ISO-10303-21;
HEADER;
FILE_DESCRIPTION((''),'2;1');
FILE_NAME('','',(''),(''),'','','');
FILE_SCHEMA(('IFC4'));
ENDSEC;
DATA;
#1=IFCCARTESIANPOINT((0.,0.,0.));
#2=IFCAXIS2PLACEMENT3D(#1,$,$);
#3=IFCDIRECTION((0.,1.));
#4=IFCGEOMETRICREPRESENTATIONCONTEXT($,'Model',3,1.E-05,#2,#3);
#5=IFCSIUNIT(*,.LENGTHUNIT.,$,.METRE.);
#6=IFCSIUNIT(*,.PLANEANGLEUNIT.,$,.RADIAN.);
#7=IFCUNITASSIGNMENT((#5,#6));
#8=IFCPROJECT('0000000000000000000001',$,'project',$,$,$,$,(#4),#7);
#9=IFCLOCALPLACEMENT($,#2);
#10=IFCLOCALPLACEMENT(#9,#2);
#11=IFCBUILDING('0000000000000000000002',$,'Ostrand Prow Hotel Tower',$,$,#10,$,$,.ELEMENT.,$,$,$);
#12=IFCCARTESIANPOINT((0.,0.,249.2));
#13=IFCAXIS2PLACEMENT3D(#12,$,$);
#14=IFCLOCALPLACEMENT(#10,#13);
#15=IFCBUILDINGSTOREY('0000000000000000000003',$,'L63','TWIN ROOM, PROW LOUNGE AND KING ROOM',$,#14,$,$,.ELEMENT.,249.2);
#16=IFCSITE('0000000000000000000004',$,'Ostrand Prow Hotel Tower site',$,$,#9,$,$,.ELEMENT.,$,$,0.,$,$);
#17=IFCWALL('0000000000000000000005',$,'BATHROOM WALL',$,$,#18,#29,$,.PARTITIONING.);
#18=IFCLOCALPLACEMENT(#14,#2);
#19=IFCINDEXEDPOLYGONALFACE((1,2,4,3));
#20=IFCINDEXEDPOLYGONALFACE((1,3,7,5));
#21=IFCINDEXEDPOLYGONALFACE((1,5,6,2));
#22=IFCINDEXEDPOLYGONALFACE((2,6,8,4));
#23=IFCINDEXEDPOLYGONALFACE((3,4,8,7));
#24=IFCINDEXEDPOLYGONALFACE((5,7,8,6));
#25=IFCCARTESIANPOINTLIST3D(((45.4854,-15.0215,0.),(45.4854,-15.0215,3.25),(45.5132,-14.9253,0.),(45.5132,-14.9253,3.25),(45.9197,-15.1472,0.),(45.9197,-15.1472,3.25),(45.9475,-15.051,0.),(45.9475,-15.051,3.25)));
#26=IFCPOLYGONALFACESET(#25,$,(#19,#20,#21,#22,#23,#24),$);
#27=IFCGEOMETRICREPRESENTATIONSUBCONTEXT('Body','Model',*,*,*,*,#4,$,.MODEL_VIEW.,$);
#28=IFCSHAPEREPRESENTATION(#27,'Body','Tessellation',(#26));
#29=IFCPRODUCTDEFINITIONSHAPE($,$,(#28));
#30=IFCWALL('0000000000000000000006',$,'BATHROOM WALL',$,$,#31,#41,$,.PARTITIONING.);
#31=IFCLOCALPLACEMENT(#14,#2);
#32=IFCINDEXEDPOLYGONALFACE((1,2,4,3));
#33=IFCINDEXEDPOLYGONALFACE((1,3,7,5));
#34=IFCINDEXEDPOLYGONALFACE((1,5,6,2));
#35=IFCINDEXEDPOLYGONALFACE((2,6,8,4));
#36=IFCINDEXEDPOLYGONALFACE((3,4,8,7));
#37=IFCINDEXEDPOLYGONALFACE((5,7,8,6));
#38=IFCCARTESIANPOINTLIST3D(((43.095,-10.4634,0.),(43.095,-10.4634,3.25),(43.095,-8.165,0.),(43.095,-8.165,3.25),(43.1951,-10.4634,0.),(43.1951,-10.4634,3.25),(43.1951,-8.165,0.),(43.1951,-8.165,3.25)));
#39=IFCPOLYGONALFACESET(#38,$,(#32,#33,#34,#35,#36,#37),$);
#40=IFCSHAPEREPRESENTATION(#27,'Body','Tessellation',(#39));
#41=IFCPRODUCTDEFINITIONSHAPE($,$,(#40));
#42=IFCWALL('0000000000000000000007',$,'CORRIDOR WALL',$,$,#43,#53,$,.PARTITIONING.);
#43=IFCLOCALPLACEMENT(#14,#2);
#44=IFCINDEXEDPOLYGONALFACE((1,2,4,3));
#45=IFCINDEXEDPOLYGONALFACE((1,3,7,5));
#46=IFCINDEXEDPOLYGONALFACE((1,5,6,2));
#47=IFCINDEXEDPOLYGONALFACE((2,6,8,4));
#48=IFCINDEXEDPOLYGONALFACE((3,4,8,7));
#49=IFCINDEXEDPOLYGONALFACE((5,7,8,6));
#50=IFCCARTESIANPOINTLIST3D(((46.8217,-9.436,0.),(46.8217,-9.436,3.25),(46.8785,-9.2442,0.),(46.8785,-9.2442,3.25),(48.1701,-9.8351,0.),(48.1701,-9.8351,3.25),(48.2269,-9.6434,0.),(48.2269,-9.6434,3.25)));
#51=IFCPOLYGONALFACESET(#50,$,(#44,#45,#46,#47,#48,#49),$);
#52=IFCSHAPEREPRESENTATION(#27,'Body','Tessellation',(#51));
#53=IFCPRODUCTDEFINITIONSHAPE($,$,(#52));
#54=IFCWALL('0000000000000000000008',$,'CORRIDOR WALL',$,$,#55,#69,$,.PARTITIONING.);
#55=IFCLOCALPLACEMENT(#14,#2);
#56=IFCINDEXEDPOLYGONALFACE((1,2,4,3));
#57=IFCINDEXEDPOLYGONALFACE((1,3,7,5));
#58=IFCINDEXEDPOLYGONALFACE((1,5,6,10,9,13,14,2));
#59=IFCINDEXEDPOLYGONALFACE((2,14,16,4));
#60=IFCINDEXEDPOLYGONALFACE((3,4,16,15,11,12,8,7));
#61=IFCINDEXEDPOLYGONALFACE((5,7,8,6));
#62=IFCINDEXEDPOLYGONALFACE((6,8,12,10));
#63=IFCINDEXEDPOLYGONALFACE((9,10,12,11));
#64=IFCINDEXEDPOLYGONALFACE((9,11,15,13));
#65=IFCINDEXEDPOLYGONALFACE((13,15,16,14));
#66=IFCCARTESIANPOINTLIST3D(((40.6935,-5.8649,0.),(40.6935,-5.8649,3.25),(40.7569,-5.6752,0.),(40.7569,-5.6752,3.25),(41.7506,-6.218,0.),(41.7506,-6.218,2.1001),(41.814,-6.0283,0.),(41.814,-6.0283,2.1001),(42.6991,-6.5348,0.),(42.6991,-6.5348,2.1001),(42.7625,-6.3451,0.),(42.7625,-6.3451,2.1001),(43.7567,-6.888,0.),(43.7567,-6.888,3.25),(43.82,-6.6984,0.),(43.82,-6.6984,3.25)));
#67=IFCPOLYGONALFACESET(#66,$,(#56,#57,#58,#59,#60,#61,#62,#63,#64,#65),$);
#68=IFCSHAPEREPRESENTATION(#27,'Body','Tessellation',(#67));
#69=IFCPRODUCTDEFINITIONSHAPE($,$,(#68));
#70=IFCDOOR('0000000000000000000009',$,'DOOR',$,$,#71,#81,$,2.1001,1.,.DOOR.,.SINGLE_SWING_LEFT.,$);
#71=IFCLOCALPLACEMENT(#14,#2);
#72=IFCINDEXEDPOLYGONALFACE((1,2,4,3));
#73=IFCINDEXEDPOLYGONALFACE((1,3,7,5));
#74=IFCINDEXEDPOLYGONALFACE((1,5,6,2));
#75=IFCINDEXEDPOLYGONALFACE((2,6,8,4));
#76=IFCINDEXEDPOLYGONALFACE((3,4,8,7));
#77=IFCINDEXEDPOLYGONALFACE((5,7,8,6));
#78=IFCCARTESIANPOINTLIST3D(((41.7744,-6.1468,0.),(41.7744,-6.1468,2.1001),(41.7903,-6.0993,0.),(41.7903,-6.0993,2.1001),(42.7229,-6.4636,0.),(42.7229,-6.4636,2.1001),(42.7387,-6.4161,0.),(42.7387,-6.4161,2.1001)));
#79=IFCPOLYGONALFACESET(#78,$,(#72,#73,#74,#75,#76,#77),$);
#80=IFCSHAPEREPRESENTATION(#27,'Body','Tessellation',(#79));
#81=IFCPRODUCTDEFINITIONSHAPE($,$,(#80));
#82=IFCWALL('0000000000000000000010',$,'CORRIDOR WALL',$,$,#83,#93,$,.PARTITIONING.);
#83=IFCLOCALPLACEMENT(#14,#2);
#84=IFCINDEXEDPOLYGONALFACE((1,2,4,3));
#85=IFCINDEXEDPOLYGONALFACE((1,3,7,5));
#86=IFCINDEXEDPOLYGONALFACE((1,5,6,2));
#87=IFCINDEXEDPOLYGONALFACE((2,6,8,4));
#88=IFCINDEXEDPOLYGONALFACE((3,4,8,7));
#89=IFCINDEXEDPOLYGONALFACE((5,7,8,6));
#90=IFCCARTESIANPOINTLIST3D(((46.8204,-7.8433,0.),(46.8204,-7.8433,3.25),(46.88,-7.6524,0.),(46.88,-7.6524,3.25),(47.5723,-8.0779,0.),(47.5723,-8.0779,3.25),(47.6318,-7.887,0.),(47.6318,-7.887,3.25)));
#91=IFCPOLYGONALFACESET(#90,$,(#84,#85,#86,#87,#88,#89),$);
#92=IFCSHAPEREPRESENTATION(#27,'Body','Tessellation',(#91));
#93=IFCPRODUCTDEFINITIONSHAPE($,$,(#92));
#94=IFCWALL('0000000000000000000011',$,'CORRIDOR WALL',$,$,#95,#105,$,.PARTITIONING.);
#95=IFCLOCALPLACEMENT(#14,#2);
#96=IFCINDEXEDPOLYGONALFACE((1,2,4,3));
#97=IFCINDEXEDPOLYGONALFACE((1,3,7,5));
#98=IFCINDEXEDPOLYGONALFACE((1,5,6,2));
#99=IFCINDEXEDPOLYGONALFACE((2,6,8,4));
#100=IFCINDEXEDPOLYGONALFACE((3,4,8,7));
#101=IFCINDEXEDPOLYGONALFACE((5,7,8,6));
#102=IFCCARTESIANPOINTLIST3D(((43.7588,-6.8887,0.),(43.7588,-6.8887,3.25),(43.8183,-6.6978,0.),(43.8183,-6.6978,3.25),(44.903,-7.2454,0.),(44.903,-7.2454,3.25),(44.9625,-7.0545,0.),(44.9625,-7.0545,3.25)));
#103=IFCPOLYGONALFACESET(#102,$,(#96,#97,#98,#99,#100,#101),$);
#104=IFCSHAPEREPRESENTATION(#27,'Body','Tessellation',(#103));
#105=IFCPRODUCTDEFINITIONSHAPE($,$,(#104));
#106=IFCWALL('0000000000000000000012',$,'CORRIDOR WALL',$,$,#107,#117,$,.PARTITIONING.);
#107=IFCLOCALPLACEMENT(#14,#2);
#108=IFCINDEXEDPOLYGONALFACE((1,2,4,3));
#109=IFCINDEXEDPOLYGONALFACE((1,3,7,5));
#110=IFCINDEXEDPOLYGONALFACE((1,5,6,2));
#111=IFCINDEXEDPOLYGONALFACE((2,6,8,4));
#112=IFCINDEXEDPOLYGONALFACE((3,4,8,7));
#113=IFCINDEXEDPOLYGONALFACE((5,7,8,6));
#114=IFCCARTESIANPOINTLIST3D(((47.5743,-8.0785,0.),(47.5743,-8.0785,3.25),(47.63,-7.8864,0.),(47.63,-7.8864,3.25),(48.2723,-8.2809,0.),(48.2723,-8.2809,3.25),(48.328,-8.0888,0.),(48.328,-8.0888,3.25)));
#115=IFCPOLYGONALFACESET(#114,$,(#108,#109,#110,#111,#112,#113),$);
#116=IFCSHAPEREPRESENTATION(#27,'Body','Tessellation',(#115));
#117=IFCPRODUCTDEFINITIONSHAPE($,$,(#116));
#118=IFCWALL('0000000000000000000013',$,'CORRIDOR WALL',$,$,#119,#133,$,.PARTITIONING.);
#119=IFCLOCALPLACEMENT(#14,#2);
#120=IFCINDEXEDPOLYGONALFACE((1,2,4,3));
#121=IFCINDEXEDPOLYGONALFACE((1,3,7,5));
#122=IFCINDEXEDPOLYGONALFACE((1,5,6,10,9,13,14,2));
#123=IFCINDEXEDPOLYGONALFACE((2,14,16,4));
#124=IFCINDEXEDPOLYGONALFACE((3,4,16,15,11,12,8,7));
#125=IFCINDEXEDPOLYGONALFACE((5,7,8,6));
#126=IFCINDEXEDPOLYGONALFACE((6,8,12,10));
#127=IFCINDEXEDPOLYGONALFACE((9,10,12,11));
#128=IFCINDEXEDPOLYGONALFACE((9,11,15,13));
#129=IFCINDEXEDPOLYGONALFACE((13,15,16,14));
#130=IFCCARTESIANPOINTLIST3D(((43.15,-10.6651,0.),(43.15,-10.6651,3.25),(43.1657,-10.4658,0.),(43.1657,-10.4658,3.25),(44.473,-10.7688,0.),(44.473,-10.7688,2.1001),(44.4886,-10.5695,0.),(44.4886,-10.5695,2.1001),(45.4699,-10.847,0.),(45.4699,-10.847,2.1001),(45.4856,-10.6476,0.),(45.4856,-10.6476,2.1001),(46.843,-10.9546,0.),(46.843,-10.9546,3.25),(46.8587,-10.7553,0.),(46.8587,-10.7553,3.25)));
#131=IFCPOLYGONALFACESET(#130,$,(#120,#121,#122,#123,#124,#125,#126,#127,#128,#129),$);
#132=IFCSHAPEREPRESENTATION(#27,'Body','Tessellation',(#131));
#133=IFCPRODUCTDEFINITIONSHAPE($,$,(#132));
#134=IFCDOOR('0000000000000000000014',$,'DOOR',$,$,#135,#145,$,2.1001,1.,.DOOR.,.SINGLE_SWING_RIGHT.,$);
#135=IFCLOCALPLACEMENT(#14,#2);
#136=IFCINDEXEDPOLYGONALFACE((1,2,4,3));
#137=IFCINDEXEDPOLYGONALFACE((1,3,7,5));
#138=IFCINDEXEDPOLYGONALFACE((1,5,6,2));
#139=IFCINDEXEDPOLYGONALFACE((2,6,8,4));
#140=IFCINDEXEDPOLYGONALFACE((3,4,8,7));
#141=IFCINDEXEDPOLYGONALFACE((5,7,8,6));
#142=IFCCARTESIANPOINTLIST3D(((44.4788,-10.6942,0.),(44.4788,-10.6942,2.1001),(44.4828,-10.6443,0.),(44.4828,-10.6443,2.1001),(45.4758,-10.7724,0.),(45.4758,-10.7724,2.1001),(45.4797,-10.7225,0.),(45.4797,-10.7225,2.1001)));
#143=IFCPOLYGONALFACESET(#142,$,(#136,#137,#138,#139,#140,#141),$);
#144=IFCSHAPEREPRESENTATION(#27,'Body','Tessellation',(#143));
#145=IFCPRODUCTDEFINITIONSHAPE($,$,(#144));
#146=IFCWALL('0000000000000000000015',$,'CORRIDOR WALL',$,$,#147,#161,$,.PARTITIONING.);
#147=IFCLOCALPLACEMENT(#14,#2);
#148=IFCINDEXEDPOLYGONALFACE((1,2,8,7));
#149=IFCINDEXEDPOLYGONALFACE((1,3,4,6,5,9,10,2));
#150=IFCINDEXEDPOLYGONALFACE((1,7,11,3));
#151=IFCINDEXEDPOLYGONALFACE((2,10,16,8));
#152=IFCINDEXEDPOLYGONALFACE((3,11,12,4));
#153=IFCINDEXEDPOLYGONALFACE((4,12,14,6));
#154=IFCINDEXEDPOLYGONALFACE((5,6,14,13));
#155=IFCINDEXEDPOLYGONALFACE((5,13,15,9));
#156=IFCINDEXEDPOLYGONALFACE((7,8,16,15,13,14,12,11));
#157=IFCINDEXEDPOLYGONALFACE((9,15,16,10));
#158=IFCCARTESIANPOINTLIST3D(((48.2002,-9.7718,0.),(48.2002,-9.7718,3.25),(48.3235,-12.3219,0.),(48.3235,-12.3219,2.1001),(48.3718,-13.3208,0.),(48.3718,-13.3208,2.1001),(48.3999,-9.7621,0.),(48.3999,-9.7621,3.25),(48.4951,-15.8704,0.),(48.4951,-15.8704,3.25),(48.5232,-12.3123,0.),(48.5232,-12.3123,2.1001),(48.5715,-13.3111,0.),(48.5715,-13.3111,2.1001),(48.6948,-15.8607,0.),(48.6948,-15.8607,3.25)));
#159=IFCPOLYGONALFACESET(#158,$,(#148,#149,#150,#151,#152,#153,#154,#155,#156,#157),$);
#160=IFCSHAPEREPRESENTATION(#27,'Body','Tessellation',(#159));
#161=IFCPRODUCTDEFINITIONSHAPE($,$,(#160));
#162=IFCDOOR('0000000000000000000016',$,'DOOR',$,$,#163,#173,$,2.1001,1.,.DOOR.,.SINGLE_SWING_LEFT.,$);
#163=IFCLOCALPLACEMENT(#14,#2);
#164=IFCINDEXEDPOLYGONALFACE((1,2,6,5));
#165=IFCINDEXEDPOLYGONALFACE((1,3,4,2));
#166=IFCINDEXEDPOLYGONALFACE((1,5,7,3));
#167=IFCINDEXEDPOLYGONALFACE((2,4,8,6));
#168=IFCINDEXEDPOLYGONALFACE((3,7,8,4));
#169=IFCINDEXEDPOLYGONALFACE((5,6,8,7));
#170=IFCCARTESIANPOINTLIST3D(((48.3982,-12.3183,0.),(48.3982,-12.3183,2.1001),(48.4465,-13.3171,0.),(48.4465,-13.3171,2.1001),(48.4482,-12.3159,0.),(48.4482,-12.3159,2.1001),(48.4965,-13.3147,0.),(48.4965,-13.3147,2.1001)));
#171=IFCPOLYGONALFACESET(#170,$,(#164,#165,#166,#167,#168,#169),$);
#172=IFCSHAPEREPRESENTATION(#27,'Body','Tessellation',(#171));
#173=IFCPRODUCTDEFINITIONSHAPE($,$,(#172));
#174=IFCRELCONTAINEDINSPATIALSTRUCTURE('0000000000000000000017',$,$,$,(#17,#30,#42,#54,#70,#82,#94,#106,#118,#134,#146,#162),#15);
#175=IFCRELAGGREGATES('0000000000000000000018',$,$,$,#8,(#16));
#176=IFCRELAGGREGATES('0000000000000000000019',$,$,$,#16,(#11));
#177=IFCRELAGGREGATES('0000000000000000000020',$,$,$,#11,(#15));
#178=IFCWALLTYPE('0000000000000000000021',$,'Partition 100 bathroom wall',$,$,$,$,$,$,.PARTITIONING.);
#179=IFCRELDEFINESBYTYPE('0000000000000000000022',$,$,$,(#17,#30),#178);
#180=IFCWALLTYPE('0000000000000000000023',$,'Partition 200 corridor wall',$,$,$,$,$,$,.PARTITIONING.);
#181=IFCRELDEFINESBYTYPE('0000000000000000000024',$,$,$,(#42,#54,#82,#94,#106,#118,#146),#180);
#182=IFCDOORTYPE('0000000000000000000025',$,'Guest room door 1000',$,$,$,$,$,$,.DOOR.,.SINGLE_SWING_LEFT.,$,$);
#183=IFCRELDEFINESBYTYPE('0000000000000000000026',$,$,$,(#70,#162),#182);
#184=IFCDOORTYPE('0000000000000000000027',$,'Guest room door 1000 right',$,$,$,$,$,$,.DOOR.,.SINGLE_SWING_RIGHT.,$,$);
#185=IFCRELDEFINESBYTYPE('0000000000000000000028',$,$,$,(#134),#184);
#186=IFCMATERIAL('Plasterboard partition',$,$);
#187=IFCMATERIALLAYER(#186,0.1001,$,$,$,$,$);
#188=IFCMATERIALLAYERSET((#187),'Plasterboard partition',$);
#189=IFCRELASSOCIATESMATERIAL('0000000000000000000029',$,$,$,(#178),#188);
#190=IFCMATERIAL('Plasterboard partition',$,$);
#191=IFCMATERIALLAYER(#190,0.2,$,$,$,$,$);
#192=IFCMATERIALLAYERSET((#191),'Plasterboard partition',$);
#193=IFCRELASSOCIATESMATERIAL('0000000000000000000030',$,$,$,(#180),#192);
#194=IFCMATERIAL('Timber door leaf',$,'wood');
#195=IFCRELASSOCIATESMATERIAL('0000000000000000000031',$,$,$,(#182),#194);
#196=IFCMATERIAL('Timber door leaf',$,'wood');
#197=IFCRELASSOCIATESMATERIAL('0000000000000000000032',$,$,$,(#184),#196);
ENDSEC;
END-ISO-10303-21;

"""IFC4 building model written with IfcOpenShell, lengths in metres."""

from ifc_helpers import new_model, si_unit, direction, frame, frame_2d, origin, place, context, subcontext, project, spatial, rectangle, extrude, material, layer, layer_set, type_object, element, fill, save


model = new_model("IFC4")

# Units and contexts
model_context = context("Model", 3, precision=1e-05, world=origin(), true_north=direction((0.0, 1.0)))
body_context = subcontext(model_context, "Body", "Model", "MODEL_VIEW")
ifc_project = project(units=[si_unit("LENGTHUNIT", "METRE"), si_unit("PLANEANGLEUNIT", "RADIAN")], contexts=[model_context])

# Site, building, storey
site_placement = place(None, origin())
site = spatial("IfcSite", under=ifc_project, at=site_placement, Name="Ostrand Prow Hotel Tower site", CompositionType="ELEMENT", RefElevation=0.0)
building_placement = place(site_placement, origin())
building = spatial("IfcBuilding", under=site, at=building_placement, Name="Ostrand Prow Hotel Tower", CompositionType="ELEMENT")
storey_placement = place(building_placement, frame((0.0, 0.0, 249.2)))
storey = spatial("IfcBuildingStorey", under=building, at=storey_placement, Name="L63", Description="TWIN ROOM, PROW LOUNGE AND KING ROOM", CompositionType="ELEMENT", Elevation=249.2)

# Walls
ifc_material_1 = material(Name="Plasterboard partition")
ifc_layer_1 = layer(ifc_material_1, 0.1001)
ifc_layer_set_1 = layer_set([ifc_layer_1], Name="Plasterboard partition")
wall_type_1 = type_object("IfcWallType", Name="Partition 100 bathroom wall", PredefinedType="PARTITIONING", material=ifc_layer_set_1)
wall_1_placement = place(storey_placement, frame((45.4993, -14.9734, 0.0), z_axis=(0.0, 0.0, 1.0), x_axis=(0.96056, -0.278071, 0.0)))
element("IfcWall", 1, at=wall_1_placement, inside=storey, type_object=wall_type_1, Name="BATHROOM WALL", PredefinedType="PARTITIONING", context=body_context, shape_type="SweptSolid", body=[
    extrude(rectangle(XDim=0.4521, YDim=0.1001, at=frame_2d((0.2261, 0.0))), origin(), (0.0, 0.0, 1.0), 3.25),
])
wall_2_placement = place(storey_placement, frame((43.145, -8.165, 0.0), z_axis=(0.0, 0.0, 1.0), x_axis=(0.0, -1.0, 0.0)))
element("IfcWall", 2, at=wall_2_placement, inside=storey, type_object=wall_type_1, Name="BATHROOM WALL", PredefinedType="PARTITIONING", context=body_context, shape_type="SweptSolid", body=[
    extrude(rectangle(XDim=2.2983, YDim=0.1001, at=frame_2d((1.1492, 0.0))), origin(), (0.0, 0.0, 1.0), 3.25),
])
ifc_material_2 = material(Name="Plasterboard partition")
ifc_layer_2 = layer(ifc_material_2, 0.2)
ifc_layer_set_2 = layer_set([ifc_layer_2], Name="Plasterboard partition")
wall_type_2 = type_object("IfcWallType", Name="Partition 200 corridor wall", PredefinedType="PARTITIONING", material=ifc_layer_set_2)
wall_3_placement = place(storey_placement, frame((46.8501, -9.3401, 0.0), z_axis=(0.0, 0.0, 1.0), x_axis=(0.958866, -0.283858, 0.0)))
element("IfcWall", 3, at=wall_3_placement, inside=storey, type_object=wall_type_2, Name="CORRIDOR WALL", PredefinedType="PARTITIONING", context=body_context, shape_type="SweptSolid", body=[
    extrude(rectangle(XDim=1.4062, YDim=0.2, at=frame_2d((0.7031, 0.0))), origin(), (0.0, 0.0, 1.0), 3.25),
])

# Wall, opening, door
wall_4_placement = place(storey_placement, frame((43.7883, -6.7932, 0.0), z_axis=(0.0, 0.0, 1.0), x_axis=(-0.948487, 0.316817, 0.0)))
wall_4 = element("IfcWall", 4, at=wall_4_placement, inside=storey, type_object=wall_type_2, Name="CORRIDOR WALL", PredefinedType="PARTITIONING", context=body_context, shape_type="SweptSolid", body=[
    extrude(rectangle(XDim=3.2295, YDim=0.2, at=frame_2d((1.6147, 0.0))), origin(), (0.0, 0.0, 1.0), 3.25),
])
opening_1_placement = place(wall_4_placement, frame((1.115, 0.0, 0.0)))
opening_1 = element("IfcOpeningElement", 5, at=opening_1_placement, cuts=wall_4, PredefinedType="OPENING", context=body_context, shape_type="SweptSolid", body=[
    extrude(rectangle(XDim=1.0, YDim=2.1001, at=frame_2d((0.5, 1.05))), frame((0.0, 0.1099, 0.0), z_axis=(0.0, -1.0, 0.0), x_axis=(1.0, 0.0, 0.0)), (0.0, 0.0, 1.0), 0.22),
])
ifc_material_3 = material(Name="Timber door leaf", Category="wood")
door_type_1 = type_object("IfcDoorType", Name="Guest room door 1000", OperationType="SINGLE_SWING_LEFT", PredefinedType="DOOR", material=ifc_material_3)
door_1_placement = place(opening_1_placement, origin())
door_1 = element("IfcDoor", 6, at=door_1_placement, inside=storey, type_object=door_type_1, Name="DOOR", OperationType="SINGLE_SWING_LEFT", OverallHeight=2.1001, OverallWidth=1.0, PredefinedType="DOOR", context=body_context, shape_type="SweptSolid", body=[
    extrude(rectangle(XDim=1.0, YDim=2.1001, at=frame_2d((0.5, 1.05))), frame((0.0, 0.0249, 0.0), z_axis=(0.0, -1.0, 0.0), x_axis=(1.0, 0.0, 0.0)), (0.0, 0.0, 1.0), 0.05),
])
fill(opening_1, door_1)

# Walls
wall_5_placement = place(storey_placement, frame((47.6021, -7.9824, 0.0), z_axis=(0.0, 0.0, 1.0), x_axis=(-0.954612, 0.297851, 0.0)))
element("IfcWall", 7, at=wall_5_placement, inside=storey, type_object=wall_type_2, Name="CORRIDOR WALL", PredefinedType="PARTITIONING", context=body_context, shape_type="SweptSolid", body=[
    extrude(rectangle(XDim=0.7876, YDim=0.2, at=frame_2d((0.3938, 0.0))), origin(), (0.0, 0.0, 1.0), 3.25),
])
wall_6_placement = place(storey_placement, frame((44.9326, -7.1499, 0.0), z_axis=(0.0, 0.0, 1.0), x_axis=(-0.954694, 0.297591, 0.0)))
element("IfcWall", 8, at=wall_6_placement, inside=storey, type_object=wall_type_2, Name="CORRIDOR WALL", PredefinedType="PARTITIONING", context=body_context, shape_type="SweptSolid", body=[
    extrude(rectangle(XDim=1.1985, YDim=0.2, at=frame_2d((0.5991, 0.0))), origin(), (0.0, 0.0, 1.0), 3.25),
])
wall_7_placement = place(storey_placement, frame((48.3, -8.1848, 0.0), z_axis=(0.0, 0.0, 1.0), x_axis=(-0.960439, 0.27849, 0.0)))
element("IfcWall", 9, at=wall_7_placement, inside=storey, type_object=wall_type_2, Name="CORRIDOR WALL", PredefinedType="PARTITIONING", context=body_context, shape_type="SweptSolid", body=[
    extrude(rectangle(XDim=0.7268, YDim=0.2, at=frame_2d((0.3633, 0.0))), origin(), (0.0, 0.0, 1.0), 3.25),
])

# Walls, openings, doors
wall_8_placement = place(storey_placement, frame((43.158, -10.5654, 0.0), z_axis=(0.0, 0.0, 1.0), x_axis=(0.996941, -0.078163, 0.0)))
wall_8 = element("IfcWall", 10, at=wall_8_placement, inside=storey, type_object=wall_type_2, Name="CORRIDOR WALL", PredefinedType="PARTITIONING", context=body_context, shape_type="SweptSolid", body=[
    extrude(rectangle(XDim=3.7043, YDim=0.2, at=frame_2d((1.8521, 0.0))), origin(), (0.0, 0.0, 1.0), 3.25),
])
opening_2_placement = place(wall_8_placement, frame((1.3269, 0.0, 0.0)))
opening_2 = element("IfcOpeningElement", 11, at=opening_2_placement, cuts=wall_8, PredefinedType="OPENING", context=body_context, shape_type="SweptSolid", body=[
    extrude(rectangle(XDim=1.0, YDim=2.1001, at=frame_2d((0.5, 1.05))), frame((0.0, 0.1099, 0.0), z_axis=(0.0, -1.0, 0.0), x_axis=(1.0, 0.0, 0.0)), (0.0, 0.0, 1.0), 0.22),
])
ifc_material_4 = material(Name="Timber door leaf", Category="wood")
door_type_2 = type_object("IfcDoorType", Name="Guest room door 1000 right", OperationType="SINGLE_SWING_RIGHT", PredefinedType="DOOR", material=ifc_material_4)
door_2_placement = place(opening_2_placement, origin())
door_2 = element("IfcDoor", 12, at=door_2_placement, inside=storey, type_object=door_type_2, Name="DOOR", OperationType="SINGLE_SWING_RIGHT", OverallHeight=2.1001, OverallWidth=1.0, PredefinedType="DOOR", context=body_context, shape_type="SweptSolid", body=[
    extrude(rectangle(XDim=1.0, YDim=2.1001, at=frame_2d((0.5, 1.05))), frame((0.0, 0.0249, 0.0), z_axis=(0.0, -1.0, 0.0), x_axis=(1.0, 0.0, 0.0)), (0.0, 0.0, 1.0), 0.05),
])
fill(opening_2, door_2)
wall_9_placement = place(storey_placement, frame((48.3, -9.7671, 0.0), z_axis=(0.0, 0.0, 1.0), x_axis=(0.048302, -0.998833, 0.0)))
wall_9 = element("IfcWall", 13, at=wall_9_placement, inside=storey, type_object=wall_type_2, Name="CORRIDOR WALL", PredefinedType="PARTITIONING", context=body_context, shape_type="SweptSolid", body=[
    extrude(rectangle(XDim=6.1057, YDim=0.2, at=frame_2d((3.0527, 0.0))), origin(), (0.0, 0.0, 1.0), 3.25),
])
opening_3_placement = place(wall_9_placement, frame((2.553, 0.0, 0.0)))
opening_3 = element("IfcOpeningElement", 14, at=opening_3_placement, cuts=wall_9, PredefinedType="OPENING", context=body_context, shape_type="SweptSolid", body=[
    extrude(rectangle(XDim=1.0, YDim=2.1001, at=frame_2d((0.5, 1.05))), frame((0.0, 0.1099, 0.0), z_axis=(0.0, -1.0, 0.0), x_axis=(1.0, 0.0, 0.0)), (0.0, 0.0, 1.0), 0.22),
])
door_3_placement = place(opening_3_placement, origin())
door_3 = element("IfcDoor", 15, at=door_3_placement, inside=storey, type_object=door_type_1, Name="DOOR", OperationType="SINGLE_SWING_LEFT", OverallHeight=2.1001, OverallWidth=1.0, PredefinedType="DOOR", context=body_context, shape_type="SweptSolid", body=[
    extrude(rectangle(XDim=1.0, YDim=2.1001, at=frame_2d((0.5, 1.05))), frame((0.0, 0.0249, 0.0), z_axis=(0.0, -1.0, 0.0), x_axis=(1.0, 0.0, 0.0)), (0.0, 0.0, 1.0), 0.05),
])
fill(opening_3, door_3)

save(model, "model.ifc")
